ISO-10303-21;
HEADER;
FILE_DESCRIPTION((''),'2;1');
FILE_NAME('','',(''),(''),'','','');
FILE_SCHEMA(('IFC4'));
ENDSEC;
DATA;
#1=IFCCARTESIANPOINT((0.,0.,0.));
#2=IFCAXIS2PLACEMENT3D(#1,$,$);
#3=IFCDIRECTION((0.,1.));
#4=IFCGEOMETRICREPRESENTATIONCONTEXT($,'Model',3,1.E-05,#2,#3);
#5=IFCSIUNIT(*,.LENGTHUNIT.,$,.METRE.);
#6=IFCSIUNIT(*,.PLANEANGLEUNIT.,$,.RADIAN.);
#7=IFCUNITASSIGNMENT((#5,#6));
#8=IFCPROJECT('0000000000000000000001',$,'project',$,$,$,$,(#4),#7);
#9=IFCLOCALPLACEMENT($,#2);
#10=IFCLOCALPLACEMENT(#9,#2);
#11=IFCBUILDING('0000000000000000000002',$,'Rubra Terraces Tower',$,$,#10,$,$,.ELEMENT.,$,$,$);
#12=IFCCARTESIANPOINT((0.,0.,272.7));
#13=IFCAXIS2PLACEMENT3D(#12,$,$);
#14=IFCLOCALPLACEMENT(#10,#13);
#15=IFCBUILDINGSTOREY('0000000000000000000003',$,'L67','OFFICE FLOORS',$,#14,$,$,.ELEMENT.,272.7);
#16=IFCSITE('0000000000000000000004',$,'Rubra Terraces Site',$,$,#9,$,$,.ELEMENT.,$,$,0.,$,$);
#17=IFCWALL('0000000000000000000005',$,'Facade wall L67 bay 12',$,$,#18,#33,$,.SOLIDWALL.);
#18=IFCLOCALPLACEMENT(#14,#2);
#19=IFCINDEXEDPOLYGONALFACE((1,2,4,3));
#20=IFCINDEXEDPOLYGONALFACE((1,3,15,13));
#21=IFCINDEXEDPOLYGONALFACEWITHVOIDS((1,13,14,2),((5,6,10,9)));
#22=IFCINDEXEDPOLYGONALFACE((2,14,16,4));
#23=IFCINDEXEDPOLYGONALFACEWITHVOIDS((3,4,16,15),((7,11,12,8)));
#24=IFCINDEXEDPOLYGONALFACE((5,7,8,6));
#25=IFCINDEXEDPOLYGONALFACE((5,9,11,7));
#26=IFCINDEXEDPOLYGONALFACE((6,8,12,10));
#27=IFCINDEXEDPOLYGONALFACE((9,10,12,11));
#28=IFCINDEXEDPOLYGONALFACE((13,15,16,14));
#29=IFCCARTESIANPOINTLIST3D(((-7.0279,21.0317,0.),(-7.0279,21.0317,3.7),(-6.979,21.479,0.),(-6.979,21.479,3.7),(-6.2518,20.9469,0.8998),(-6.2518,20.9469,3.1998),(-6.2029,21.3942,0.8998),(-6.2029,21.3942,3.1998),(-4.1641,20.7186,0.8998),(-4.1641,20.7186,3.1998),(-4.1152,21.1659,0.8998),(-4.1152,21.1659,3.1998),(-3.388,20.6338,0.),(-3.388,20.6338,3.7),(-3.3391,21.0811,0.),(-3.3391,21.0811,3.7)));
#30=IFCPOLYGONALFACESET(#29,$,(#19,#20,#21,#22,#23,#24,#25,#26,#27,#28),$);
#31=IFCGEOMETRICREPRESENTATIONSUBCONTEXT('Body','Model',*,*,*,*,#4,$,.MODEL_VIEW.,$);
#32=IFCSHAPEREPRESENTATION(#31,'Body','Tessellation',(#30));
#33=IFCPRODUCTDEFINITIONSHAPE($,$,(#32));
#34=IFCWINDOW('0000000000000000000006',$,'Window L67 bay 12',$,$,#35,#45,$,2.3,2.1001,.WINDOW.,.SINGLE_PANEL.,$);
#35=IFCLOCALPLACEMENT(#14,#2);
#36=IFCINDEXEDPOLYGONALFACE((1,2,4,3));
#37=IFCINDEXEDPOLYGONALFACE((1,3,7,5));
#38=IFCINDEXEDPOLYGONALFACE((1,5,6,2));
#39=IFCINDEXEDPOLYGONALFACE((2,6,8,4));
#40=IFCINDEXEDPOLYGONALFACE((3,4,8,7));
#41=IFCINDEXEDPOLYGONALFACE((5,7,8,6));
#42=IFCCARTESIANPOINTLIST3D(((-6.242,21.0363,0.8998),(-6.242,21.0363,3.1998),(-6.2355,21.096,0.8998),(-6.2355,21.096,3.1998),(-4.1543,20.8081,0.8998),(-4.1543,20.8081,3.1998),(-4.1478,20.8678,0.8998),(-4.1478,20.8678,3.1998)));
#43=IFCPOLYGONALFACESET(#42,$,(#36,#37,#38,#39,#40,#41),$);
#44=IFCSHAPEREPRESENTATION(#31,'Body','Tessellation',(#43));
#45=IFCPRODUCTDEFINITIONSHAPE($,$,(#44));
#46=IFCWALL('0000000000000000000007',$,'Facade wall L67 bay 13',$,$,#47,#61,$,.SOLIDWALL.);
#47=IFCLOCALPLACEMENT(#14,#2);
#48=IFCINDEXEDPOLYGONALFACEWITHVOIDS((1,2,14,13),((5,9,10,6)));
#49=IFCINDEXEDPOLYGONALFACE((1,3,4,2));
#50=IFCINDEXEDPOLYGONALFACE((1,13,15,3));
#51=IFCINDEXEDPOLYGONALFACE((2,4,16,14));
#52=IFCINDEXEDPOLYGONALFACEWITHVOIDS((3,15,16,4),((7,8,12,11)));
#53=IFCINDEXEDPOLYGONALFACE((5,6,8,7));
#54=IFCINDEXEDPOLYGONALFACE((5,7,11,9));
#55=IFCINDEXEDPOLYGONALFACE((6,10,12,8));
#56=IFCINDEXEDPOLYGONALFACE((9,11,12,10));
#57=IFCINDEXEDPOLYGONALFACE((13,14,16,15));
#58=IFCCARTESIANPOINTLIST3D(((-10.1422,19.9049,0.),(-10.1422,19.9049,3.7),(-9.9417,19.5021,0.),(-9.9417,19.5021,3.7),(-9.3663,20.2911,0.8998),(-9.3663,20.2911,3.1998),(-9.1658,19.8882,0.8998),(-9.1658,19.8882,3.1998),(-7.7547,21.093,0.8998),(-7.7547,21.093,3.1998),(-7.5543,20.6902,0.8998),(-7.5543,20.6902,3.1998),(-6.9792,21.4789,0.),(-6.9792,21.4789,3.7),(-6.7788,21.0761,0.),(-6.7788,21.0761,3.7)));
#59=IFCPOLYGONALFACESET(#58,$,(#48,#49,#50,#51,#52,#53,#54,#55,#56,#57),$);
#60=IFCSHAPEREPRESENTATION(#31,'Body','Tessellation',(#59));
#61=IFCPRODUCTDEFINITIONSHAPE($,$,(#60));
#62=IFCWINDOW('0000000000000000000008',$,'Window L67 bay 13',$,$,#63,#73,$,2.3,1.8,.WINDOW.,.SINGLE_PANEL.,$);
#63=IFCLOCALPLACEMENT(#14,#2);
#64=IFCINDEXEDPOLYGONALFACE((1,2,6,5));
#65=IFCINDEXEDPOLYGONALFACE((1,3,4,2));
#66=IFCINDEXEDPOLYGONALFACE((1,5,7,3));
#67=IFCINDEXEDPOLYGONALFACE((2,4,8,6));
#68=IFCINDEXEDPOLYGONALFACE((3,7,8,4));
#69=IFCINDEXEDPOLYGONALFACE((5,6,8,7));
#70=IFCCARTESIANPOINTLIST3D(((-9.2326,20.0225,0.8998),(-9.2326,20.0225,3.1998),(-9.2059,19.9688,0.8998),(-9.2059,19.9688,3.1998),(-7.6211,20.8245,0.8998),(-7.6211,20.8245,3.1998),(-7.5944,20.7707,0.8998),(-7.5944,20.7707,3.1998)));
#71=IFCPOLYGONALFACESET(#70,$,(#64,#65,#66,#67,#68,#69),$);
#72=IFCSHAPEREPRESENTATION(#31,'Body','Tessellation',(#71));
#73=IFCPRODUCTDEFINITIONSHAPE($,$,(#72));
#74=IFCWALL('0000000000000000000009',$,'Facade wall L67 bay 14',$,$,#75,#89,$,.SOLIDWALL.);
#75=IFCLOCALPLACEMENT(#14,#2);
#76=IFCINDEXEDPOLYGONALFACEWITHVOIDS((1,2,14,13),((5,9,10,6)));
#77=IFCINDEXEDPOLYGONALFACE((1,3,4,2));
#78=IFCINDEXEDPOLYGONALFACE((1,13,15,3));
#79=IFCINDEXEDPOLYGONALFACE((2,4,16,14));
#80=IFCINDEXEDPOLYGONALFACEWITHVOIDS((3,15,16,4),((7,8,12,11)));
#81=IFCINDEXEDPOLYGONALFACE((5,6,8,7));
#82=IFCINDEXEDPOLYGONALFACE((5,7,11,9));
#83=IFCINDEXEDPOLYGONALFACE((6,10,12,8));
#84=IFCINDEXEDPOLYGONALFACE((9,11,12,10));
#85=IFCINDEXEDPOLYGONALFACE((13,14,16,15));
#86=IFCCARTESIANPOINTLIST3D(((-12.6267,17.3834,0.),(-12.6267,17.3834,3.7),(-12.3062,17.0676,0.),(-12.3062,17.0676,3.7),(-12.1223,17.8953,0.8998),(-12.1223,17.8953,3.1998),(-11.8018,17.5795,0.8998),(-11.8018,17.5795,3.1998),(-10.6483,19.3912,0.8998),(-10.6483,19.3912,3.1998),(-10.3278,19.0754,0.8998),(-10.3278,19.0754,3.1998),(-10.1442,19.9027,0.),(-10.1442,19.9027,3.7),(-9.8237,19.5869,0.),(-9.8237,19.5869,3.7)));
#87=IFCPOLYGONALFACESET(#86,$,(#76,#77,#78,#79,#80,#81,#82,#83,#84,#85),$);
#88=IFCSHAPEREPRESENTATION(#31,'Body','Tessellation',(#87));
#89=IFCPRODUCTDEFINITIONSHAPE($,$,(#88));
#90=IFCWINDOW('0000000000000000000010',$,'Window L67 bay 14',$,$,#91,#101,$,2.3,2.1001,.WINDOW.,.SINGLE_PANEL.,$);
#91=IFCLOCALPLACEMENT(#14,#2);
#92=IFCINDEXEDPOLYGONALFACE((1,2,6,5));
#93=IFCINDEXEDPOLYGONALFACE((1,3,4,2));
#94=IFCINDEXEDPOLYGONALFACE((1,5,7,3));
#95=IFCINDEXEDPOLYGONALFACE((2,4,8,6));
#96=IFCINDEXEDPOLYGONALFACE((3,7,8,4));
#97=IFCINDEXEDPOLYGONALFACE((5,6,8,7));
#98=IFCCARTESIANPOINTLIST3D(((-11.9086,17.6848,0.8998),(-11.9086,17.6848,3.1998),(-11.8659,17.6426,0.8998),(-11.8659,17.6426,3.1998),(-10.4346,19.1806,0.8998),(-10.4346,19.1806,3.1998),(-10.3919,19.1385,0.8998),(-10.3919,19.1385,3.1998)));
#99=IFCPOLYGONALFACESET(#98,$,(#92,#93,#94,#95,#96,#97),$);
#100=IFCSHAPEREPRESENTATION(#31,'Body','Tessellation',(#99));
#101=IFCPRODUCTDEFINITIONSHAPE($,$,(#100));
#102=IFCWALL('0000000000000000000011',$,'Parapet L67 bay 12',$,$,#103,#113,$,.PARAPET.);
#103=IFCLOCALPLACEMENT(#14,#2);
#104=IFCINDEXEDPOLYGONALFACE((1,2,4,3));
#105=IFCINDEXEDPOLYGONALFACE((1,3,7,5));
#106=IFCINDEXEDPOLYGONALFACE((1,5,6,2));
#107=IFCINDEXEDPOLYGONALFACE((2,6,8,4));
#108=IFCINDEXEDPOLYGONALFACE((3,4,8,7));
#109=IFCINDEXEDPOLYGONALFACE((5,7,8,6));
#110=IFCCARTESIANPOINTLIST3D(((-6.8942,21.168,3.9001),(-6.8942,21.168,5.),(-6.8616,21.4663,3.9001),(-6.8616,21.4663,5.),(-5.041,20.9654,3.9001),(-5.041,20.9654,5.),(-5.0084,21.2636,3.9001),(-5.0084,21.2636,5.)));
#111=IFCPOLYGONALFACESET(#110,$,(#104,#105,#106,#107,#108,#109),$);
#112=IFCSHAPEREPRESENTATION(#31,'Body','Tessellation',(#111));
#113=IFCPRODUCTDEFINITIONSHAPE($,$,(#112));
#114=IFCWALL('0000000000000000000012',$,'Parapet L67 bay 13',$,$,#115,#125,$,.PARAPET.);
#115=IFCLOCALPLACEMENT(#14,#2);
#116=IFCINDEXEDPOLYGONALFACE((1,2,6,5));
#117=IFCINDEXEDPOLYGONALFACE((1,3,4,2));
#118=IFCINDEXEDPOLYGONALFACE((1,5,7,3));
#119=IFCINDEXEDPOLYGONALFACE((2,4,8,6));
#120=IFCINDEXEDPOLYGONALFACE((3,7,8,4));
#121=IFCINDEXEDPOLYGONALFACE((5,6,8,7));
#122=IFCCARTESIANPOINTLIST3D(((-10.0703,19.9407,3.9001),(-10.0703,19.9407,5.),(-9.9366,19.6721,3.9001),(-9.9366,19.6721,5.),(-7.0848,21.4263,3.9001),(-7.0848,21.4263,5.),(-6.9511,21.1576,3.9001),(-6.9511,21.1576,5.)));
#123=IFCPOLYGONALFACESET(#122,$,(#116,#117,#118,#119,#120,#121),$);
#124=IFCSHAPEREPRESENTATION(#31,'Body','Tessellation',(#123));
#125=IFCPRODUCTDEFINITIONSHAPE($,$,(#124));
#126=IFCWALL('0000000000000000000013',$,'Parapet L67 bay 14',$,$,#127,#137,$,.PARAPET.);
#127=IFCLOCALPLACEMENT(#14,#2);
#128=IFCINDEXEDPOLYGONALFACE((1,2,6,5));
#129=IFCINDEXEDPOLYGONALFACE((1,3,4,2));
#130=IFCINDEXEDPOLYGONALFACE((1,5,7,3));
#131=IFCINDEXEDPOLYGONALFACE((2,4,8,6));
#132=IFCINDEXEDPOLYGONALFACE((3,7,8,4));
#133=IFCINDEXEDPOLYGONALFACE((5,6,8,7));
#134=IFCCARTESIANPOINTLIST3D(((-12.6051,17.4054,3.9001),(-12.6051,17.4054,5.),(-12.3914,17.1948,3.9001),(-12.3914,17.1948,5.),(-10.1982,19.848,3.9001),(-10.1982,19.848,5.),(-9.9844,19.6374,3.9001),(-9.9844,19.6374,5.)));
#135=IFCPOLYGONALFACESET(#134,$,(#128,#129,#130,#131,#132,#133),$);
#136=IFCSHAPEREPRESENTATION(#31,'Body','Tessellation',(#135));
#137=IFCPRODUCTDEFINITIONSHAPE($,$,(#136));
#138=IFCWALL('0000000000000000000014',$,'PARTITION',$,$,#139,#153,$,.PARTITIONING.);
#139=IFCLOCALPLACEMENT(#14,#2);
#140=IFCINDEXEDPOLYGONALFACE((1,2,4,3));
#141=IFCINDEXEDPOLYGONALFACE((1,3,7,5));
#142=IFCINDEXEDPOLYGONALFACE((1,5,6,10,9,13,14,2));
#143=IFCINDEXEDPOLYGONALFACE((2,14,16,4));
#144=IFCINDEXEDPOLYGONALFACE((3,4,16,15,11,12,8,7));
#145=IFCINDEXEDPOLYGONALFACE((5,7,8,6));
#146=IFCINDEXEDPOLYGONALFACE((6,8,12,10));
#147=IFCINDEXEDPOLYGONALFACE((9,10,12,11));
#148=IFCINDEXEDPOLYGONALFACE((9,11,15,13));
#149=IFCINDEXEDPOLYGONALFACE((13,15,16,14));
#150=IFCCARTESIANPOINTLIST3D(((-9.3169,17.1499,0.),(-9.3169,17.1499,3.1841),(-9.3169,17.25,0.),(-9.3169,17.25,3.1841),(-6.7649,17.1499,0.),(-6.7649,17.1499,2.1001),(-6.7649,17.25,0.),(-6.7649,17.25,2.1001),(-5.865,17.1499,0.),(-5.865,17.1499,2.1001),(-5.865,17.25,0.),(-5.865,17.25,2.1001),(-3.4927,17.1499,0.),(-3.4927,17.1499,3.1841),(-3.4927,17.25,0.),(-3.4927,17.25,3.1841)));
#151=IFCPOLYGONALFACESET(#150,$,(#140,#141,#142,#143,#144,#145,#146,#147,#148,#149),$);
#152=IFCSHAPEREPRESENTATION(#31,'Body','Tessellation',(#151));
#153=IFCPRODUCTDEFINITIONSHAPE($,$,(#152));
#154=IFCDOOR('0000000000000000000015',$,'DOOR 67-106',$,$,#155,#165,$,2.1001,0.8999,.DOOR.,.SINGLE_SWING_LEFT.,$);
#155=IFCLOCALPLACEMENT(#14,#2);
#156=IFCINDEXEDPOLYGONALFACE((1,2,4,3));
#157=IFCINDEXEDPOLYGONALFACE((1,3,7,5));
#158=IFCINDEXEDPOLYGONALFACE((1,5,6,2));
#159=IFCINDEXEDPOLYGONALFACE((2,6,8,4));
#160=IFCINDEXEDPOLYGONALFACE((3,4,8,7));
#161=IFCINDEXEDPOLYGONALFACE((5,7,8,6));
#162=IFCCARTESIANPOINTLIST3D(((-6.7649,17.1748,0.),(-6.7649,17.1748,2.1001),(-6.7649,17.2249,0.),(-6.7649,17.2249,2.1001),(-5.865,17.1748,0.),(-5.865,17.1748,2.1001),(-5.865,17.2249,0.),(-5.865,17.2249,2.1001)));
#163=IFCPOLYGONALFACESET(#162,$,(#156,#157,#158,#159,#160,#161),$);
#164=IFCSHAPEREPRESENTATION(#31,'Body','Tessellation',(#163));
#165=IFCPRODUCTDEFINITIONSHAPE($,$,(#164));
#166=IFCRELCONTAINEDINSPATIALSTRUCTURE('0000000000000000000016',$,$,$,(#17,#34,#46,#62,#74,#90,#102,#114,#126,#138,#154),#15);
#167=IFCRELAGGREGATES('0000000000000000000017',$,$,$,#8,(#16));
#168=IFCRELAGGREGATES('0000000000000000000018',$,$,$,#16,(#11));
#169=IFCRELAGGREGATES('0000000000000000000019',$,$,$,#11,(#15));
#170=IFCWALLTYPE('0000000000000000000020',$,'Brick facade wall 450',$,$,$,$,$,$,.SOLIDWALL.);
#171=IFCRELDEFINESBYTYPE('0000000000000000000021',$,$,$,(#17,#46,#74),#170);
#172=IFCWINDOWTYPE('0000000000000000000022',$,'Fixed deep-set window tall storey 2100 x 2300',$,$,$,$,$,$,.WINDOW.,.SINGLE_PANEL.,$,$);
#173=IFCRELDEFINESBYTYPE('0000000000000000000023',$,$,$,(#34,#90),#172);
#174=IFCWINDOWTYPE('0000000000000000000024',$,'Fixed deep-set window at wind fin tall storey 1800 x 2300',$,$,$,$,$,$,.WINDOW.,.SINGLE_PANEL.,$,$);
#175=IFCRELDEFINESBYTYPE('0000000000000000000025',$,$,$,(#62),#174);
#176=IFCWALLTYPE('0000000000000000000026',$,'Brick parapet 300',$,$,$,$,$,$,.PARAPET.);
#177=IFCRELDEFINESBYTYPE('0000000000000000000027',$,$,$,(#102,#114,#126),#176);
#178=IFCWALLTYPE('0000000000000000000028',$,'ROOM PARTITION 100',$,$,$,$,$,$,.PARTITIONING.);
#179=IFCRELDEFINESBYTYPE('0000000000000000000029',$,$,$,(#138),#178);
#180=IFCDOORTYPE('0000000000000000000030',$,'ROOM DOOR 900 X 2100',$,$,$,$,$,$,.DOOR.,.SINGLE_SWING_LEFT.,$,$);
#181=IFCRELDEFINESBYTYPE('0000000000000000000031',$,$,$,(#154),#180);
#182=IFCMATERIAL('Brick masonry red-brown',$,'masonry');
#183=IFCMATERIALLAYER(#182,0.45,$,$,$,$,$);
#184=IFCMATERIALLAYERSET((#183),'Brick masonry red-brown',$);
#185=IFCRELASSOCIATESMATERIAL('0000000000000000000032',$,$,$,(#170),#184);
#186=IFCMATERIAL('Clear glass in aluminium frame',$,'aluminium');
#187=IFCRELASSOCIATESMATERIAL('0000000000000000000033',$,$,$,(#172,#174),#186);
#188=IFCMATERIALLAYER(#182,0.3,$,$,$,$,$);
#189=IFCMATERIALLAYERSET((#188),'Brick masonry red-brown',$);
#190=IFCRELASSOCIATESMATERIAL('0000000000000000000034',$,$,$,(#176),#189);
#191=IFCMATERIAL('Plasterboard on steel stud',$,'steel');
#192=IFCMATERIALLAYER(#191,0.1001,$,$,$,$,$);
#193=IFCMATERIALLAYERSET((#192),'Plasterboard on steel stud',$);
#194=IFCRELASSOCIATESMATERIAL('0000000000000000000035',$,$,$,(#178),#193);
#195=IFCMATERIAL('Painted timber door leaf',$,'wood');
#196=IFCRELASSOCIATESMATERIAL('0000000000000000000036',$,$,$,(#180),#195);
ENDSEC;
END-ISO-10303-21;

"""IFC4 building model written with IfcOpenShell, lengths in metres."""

from ifc_helpers import new_model, si_unit, direction, frame, frame_2d, origin, place, context, subcontext, project, spatial, rectangle, extrude, material, layer, layer_set, type_object, element, fill, save


model = new_model("IFC4")

# Units and contexts
model_context = context("Model", 3, precision=1e-05, world=origin(), true_north=direction((0.0, 1.0)))
body_context = subcontext(model_context, "Body", "Model", "MODEL_VIEW")
ifc_project = project(units=[si_unit("LENGTHUNIT", "METRE"), si_unit("PLANEANGLEUNIT", "RADIAN")], contexts=[model_context])

# Site, building, storey
site_placement = place(None, origin())
site = spatial("IfcSite", under=ifc_project, at=site_placement, Name="Rubra Terraces Site", CompositionType="ELEMENT", RefElevation=0.0)
building_placement = place(site_placement, origin())
building = spatial("IfcBuilding", under=site, at=building_placement, Name="Rubra Terraces Tower", CompositionType="ELEMENT")
storey_placement = place(building_placement, frame((0.0, 0.0, 272.7)))
storey = spatial("IfcBuildingStorey", under=building, at=storey_placement, Name="L67", Description="OFFICE FLOORS", CompositionType="ELEMENT", Elevation=272.7)

# Walls, openings, windows
ifc_material_1 = material(Name="Brick masonry red-brown", Category="masonry")
ifc_layer_1 = layer(ifc_material_1, 0.45)
ifc_layer_set_1 = layer_set([ifc_layer_1], Name="Brick masonry red-brown")
wall_type_1 = type_object("IfcWallType", Name="Brick facade wall 450", PredefinedType="SOLIDWALL", material=ifc_layer_set_1)
ifc_material_2 = material(Name="Clear glass in aluminium frame", Category="aluminium")
window_type_1 = type_object("IfcWindowType", Name="Fixed deep-set window tall storey 2100 x 2300", PartitioningType="SINGLE_PANEL", PredefinedType="WINDOW", material=ifc_material_2)
wall_1_placement = place(storey_placement, frame((-3.3635, 20.8574, 0.0), z_axis=(0.0, 0.0, 1.0), x_axis=(-0.994077, 0.108682, 0.0)))
wall_1 = element("IfcWall", 1, at=wall_1_placement, inside=storey, type_object=wall_type_1, Name="Facade wall L67 bay 12", PredefinedType="SOLIDWALL", context=body_context, shape_type="SweptSolid", body=[
    extrude(rectangle(XDim=3.6616, YDim=0.45, at=frame_2d((1.8308, 0.0))), origin(), (0.0, 0.0, 1.0), 3.7),
])
opening_1_placement = place(wall_1_placement, frame((0.7808, 0.0, 0.8999)))
opening_1 = element("IfcOpeningElement", 2, at=opening_1_placement, cuts=wall_1, PredefinedType="OPENING", context=body_context, shape_type="SweptSolid", body=[
    extrude(rectangle(XDim=2.1001, YDim=2.3, at=frame_2d((1.05, 1.1499))), frame((0.0, 0.2349, 0.0), z_axis=(0.0, -1.0, 0.0), x_axis=(1.0, 0.0, 0.0)), (0.0, 0.0, 1.0), 0.47),
])
window_1_placement = place(opening_1_placement, origin())
window_1 = element("IfcWindow", 3, at=window_1_placement, inside=storey, type_object=window_type_1, Name="Window L67 bay 12", OverallHeight=2.3, OverallWidth=2.1001, PartitioningType="SINGLE_PANEL", PredefinedType="WINDOW", context=body_context, shape_type="SweptSolid", body=[
    extrude(rectangle(XDim=2.1001, YDim=2.3, at=frame_2d((1.05, 1.1499))), frame((0.0, 0.135, 0.0), z_axis=(0.0, -1.0, 0.0), x_axis=(1.0, 0.0, 0.0)), (0.0, 0.0, 1.0), 0.0601),
])
fill(opening_1, window_1)
wall_2_placement = place(storey_placement, frame((-6.8789, 21.2776, 0.0), z_axis=(0.0, 0.0, 1.0), x_axis=(-0.895269, -0.445527, 0.0)))
wall_2 = element("IfcWall", 4, at=wall_2_placement, inside=storey, type_object=wall_type_1, Name="Facade wall L67 bay 13", PredefinedType="SOLIDWALL", context=body_context, shape_type="SweptSolid", body=[
    extrude(rectangle(XDim=3.533, YDim=0.45, at=frame_2d((1.7666, 0.0))), origin(), (0.0, 0.0, 1.0), 3.7),
])
opening_2_placement = place(wall_2_placement, frame((0.8665, 0.0, 0.8999)))
opening_2 = element("IfcOpeningElement", 5, at=opening_2_placement, cuts=wall_2, PredefinedType="OPENING", context=body_context, shape_type="SweptSolid", body=[
    extrude(rectangle(XDim=1.8, YDim=2.3, at=frame_2d((0.8999, 1.1499))), frame((0.0, 0.2349, 0.0), z_axis=(0.0, -1.0, 0.0), x_axis=(1.0, 0.0, 0.0)), (0.0, 0.0, 1.0), 0.47),
])
window_type_2 = type_object("IfcWindowType", Name="Fixed deep-set window at wind fin tall storey 1800 x 2300", PartitioningType="SINGLE_PANEL", PredefinedType="WINDOW", material=ifc_material_2)
window_2_placement = place(opening_2_placement, origin())
window_2 = element("IfcWindow", 6, at=window_2_placement, inside=storey, type_object=window_type_2, Name="Window L67 bay 13", OverallHeight=2.3, OverallWidth=1.8, PartitioningType="SINGLE_PANEL", PredefinedType="WINDOW", context=body_context, shape_type="SweptSolid", body=[
    extrude(rectangle(XDim=1.8, YDim=2.3, at=frame_2d((0.8999, 1.1499))), frame((0.0, 0.135, 0.0), z_axis=(0.0, -1.0, 0.0), x_axis=(1.0, 0.0, 0.0)), (0.0, 0.0, 1.0), 0.0601),
])
fill(opening_2, window_2)
wall_3_placement = place(storey_placement, frame((-9.9839, 19.7449, 0.0), z_axis=(0.0, 0.0, 1.0), x_axis=(-0.701876, -0.712299, 0.0)))
wall_3 = element("IfcWall", 7, at=wall_3_placement, inside=storey, type_object=wall_type_1, Name="Facade wall L67 bay 14", PredefinedType="SOLIDWALL", context=body_context, shape_type="SweptSolid", body=[
    extrude(rectangle(XDim=3.5369, YDim=0.45, at=frame_2d((1.7686, 0.0))), origin(), (0.0, 0.0, 1.0), 3.7),
])
opening_3_placement = place(wall_3_placement, frame((0.7183, 0.0, 0.8999)))
opening_3 = element("IfcOpeningElement", 8, at=opening_3_placement, cuts=wall_3, PredefinedType="OPENING", context=body_context, shape_type="SweptSolid", body=[
    extrude(rectangle(XDim=2.1001, YDim=2.3, at=frame_2d((1.05, 1.1499))), frame((0.0, 0.2349, 0.0), z_axis=(0.0, -1.0, 0.0), x_axis=(1.0, 0.0, 0.0)), (0.0, 0.0, 1.0), 0.47),
])
window_3_placement = place(opening_3_placement, origin())
window_3 = element("IfcWindow", 9, at=window_3_placement, inside=storey, type_object=window_type_1, Name="Window L67 bay 14", OverallHeight=2.3, OverallWidth=2.1001, PartitioningType="SINGLE_PANEL", PredefinedType="WINDOW", context=body_context, shape_type="SweptSolid", body=[
    extrude(rectangle(XDim=2.1001, YDim=2.3, at=frame_2d((1.05, 1.1499))), frame((0.0, 0.135, 0.0), z_axis=(0.0, -1.0, 0.0), x_axis=(1.0, 0.0, 0.0)), (0.0, 0.0, 1.0), 0.0601),
])
fill(opening_3, window_3)

# Walls
ifc_layer_2 = layer(ifc_material_1, 0.3)
ifc_layer_set_2 = layer_set([ifc_layer_2], Name="Brick masonry red-brown")
wall_type_2 = type_object("IfcWallType", Name="Brick parapet 300", PredefinedType="PARAPET", material=ifc_layer_set_2)
wall_4_placement = place(storey_placement, frame((-5.0247, 21.1145, 3.9001), z_axis=(0.0, 0.0, 1.0), x_axis=(-0.994075, 0.108692, 0.0)))
element("IfcWall", 10, at=wall_4_placement, inside=storey, type_object=wall_type_2, Name="Parapet L67 bay 12", PredefinedType="PARAPET", context=body_context, shape_type="SweptSolid", body=[
    extrude(rectangle(XDim=1.8643, YDim=0.3, at=frame_2d((0.9321, 0.0))), origin(), (0.0, 0.0, 1.0), 1.0999),
])
wall_5_placement = place(storey_placement, frame((-7.0178, 21.292, 3.9001), z_axis=(0.0, 0.0, 1.0), x_axis=(-0.895289, -0.445485, 0.0)))
element("IfcWall", 11, at=wall_5_placement, inside=storey, type_object=wall_type_2, Name="Parapet L67 bay 13", PredefinedType="PARAPET", context=body_context, shape_type="SweptSolid", body=[
    extrude(rectangle(XDim=3.3347, YDim=0.3, at=frame_2d((1.6675, 0.0))), origin(), (0.0, 0.0, 1.0), 1.0999),
])
wall_6_placement = place(storey_placement, frame((-10.0913, 19.7427, 3.9001), z_axis=(0.0, 0.0, 1.0), x_axis=(-0.701891, -0.712285, 0.0)))
element("IfcWall", 12, at=wall_6_placement, inside=storey, type_object=wall_type_2, Name="Parapet L67 bay 14", PredefinedType="PARAPET", context=body_context, shape_type="SweptSolid", body=[
    extrude(rectangle(XDim=3.4292, YDim=0.3, at=frame_2d((1.7146, 0.0))), origin(), (0.0, 0.0, 1.0), 1.0999),
])

# Wall, opening, door
ifc_material_3 = material(Name="Plasterboard on steel stud", Category="steel")
ifc_layer_3 = layer(ifc_material_3, 0.1001)
ifc_layer_set_3 = layer_set([ifc_layer_3], Name="Plasterboard on steel stud")
wall_type_3 = type_object("IfcWallType", Name="ROOM PARTITION 100", PredefinedType="PARTITIONING", material=ifc_layer_set_3)
wall_7_placement = place(storey_placement, frame((-9.3169, 17.2, 0.0), z_axis=(0.0, 0.0, 1.0), x_axis=(1.0, 0.0, 0.0)))
wall_7 = element("IfcWall", 13, at=wall_7_placement, inside=storey, type_object=wall_type_3, Name="PARTITION", PredefinedType="PARTITIONING", context=body_context, shape_type="SweptSolid", body=[
    extrude(rectangle(XDim=5.8242, YDim=0.1001, at=frame_2d((2.9121, 0.0))), origin(), (0.0, 0.0, 1.0), 3.1841),
])
opening_4_placement = place(wall_7_placement, frame((2.552, 0.0, 0.0)))
opening_4 = element("IfcOpeningElement", 14, at=opening_4_placement, cuts=wall_7, PredefinedType="OPENING", context=body_context, shape_type="SweptSolid", body=[
    extrude(rectangle(XDim=0.8999, YDim=2.1001, at=frame_2d((0.45, 1.05))), frame((0.0, 0.0601, 0.0), z_axis=(0.0, -1.0, 0.0), x_axis=(1.0, 0.0, 0.0)), (0.0, 0.0, 1.0), 0.1201),
])
ifc_material_4 = material(Name="Painted timber door leaf", Category="wood")
door_type = type_object("IfcDoorType", Name="ROOM DOOR 900 X 2100", OperationType="SINGLE_SWING_LEFT", PredefinedType="DOOR", material=ifc_material_4)
door_1_placement = place(opening_4_placement, origin())
door_1 = element("IfcDoor", 15, at=door_1_placement, inside=storey, type_object=door_type, Name="DOOR 67-106", OperationType="SINGLE_SWING_LEFT", OverallHeight=2.1001, OverallWidth=0.8999, PredefinedType="DOOR", context=body_context, shape_type="SweptSolid", body=[
    extrude(rectangle(XDim=0.8999, YDim=2.1001, at=frame_2d((0.45, 1.05))), frame((0.0, 0.0249, 0.0), z_axis=(0.0, -1.0, 0.0), x_axis=(1.0, 0.0, 0.0)), (0.0, 0.0, 1.0), 0.05),
])
fill(opening_4, door_1)

save(model, "model.ifc")
